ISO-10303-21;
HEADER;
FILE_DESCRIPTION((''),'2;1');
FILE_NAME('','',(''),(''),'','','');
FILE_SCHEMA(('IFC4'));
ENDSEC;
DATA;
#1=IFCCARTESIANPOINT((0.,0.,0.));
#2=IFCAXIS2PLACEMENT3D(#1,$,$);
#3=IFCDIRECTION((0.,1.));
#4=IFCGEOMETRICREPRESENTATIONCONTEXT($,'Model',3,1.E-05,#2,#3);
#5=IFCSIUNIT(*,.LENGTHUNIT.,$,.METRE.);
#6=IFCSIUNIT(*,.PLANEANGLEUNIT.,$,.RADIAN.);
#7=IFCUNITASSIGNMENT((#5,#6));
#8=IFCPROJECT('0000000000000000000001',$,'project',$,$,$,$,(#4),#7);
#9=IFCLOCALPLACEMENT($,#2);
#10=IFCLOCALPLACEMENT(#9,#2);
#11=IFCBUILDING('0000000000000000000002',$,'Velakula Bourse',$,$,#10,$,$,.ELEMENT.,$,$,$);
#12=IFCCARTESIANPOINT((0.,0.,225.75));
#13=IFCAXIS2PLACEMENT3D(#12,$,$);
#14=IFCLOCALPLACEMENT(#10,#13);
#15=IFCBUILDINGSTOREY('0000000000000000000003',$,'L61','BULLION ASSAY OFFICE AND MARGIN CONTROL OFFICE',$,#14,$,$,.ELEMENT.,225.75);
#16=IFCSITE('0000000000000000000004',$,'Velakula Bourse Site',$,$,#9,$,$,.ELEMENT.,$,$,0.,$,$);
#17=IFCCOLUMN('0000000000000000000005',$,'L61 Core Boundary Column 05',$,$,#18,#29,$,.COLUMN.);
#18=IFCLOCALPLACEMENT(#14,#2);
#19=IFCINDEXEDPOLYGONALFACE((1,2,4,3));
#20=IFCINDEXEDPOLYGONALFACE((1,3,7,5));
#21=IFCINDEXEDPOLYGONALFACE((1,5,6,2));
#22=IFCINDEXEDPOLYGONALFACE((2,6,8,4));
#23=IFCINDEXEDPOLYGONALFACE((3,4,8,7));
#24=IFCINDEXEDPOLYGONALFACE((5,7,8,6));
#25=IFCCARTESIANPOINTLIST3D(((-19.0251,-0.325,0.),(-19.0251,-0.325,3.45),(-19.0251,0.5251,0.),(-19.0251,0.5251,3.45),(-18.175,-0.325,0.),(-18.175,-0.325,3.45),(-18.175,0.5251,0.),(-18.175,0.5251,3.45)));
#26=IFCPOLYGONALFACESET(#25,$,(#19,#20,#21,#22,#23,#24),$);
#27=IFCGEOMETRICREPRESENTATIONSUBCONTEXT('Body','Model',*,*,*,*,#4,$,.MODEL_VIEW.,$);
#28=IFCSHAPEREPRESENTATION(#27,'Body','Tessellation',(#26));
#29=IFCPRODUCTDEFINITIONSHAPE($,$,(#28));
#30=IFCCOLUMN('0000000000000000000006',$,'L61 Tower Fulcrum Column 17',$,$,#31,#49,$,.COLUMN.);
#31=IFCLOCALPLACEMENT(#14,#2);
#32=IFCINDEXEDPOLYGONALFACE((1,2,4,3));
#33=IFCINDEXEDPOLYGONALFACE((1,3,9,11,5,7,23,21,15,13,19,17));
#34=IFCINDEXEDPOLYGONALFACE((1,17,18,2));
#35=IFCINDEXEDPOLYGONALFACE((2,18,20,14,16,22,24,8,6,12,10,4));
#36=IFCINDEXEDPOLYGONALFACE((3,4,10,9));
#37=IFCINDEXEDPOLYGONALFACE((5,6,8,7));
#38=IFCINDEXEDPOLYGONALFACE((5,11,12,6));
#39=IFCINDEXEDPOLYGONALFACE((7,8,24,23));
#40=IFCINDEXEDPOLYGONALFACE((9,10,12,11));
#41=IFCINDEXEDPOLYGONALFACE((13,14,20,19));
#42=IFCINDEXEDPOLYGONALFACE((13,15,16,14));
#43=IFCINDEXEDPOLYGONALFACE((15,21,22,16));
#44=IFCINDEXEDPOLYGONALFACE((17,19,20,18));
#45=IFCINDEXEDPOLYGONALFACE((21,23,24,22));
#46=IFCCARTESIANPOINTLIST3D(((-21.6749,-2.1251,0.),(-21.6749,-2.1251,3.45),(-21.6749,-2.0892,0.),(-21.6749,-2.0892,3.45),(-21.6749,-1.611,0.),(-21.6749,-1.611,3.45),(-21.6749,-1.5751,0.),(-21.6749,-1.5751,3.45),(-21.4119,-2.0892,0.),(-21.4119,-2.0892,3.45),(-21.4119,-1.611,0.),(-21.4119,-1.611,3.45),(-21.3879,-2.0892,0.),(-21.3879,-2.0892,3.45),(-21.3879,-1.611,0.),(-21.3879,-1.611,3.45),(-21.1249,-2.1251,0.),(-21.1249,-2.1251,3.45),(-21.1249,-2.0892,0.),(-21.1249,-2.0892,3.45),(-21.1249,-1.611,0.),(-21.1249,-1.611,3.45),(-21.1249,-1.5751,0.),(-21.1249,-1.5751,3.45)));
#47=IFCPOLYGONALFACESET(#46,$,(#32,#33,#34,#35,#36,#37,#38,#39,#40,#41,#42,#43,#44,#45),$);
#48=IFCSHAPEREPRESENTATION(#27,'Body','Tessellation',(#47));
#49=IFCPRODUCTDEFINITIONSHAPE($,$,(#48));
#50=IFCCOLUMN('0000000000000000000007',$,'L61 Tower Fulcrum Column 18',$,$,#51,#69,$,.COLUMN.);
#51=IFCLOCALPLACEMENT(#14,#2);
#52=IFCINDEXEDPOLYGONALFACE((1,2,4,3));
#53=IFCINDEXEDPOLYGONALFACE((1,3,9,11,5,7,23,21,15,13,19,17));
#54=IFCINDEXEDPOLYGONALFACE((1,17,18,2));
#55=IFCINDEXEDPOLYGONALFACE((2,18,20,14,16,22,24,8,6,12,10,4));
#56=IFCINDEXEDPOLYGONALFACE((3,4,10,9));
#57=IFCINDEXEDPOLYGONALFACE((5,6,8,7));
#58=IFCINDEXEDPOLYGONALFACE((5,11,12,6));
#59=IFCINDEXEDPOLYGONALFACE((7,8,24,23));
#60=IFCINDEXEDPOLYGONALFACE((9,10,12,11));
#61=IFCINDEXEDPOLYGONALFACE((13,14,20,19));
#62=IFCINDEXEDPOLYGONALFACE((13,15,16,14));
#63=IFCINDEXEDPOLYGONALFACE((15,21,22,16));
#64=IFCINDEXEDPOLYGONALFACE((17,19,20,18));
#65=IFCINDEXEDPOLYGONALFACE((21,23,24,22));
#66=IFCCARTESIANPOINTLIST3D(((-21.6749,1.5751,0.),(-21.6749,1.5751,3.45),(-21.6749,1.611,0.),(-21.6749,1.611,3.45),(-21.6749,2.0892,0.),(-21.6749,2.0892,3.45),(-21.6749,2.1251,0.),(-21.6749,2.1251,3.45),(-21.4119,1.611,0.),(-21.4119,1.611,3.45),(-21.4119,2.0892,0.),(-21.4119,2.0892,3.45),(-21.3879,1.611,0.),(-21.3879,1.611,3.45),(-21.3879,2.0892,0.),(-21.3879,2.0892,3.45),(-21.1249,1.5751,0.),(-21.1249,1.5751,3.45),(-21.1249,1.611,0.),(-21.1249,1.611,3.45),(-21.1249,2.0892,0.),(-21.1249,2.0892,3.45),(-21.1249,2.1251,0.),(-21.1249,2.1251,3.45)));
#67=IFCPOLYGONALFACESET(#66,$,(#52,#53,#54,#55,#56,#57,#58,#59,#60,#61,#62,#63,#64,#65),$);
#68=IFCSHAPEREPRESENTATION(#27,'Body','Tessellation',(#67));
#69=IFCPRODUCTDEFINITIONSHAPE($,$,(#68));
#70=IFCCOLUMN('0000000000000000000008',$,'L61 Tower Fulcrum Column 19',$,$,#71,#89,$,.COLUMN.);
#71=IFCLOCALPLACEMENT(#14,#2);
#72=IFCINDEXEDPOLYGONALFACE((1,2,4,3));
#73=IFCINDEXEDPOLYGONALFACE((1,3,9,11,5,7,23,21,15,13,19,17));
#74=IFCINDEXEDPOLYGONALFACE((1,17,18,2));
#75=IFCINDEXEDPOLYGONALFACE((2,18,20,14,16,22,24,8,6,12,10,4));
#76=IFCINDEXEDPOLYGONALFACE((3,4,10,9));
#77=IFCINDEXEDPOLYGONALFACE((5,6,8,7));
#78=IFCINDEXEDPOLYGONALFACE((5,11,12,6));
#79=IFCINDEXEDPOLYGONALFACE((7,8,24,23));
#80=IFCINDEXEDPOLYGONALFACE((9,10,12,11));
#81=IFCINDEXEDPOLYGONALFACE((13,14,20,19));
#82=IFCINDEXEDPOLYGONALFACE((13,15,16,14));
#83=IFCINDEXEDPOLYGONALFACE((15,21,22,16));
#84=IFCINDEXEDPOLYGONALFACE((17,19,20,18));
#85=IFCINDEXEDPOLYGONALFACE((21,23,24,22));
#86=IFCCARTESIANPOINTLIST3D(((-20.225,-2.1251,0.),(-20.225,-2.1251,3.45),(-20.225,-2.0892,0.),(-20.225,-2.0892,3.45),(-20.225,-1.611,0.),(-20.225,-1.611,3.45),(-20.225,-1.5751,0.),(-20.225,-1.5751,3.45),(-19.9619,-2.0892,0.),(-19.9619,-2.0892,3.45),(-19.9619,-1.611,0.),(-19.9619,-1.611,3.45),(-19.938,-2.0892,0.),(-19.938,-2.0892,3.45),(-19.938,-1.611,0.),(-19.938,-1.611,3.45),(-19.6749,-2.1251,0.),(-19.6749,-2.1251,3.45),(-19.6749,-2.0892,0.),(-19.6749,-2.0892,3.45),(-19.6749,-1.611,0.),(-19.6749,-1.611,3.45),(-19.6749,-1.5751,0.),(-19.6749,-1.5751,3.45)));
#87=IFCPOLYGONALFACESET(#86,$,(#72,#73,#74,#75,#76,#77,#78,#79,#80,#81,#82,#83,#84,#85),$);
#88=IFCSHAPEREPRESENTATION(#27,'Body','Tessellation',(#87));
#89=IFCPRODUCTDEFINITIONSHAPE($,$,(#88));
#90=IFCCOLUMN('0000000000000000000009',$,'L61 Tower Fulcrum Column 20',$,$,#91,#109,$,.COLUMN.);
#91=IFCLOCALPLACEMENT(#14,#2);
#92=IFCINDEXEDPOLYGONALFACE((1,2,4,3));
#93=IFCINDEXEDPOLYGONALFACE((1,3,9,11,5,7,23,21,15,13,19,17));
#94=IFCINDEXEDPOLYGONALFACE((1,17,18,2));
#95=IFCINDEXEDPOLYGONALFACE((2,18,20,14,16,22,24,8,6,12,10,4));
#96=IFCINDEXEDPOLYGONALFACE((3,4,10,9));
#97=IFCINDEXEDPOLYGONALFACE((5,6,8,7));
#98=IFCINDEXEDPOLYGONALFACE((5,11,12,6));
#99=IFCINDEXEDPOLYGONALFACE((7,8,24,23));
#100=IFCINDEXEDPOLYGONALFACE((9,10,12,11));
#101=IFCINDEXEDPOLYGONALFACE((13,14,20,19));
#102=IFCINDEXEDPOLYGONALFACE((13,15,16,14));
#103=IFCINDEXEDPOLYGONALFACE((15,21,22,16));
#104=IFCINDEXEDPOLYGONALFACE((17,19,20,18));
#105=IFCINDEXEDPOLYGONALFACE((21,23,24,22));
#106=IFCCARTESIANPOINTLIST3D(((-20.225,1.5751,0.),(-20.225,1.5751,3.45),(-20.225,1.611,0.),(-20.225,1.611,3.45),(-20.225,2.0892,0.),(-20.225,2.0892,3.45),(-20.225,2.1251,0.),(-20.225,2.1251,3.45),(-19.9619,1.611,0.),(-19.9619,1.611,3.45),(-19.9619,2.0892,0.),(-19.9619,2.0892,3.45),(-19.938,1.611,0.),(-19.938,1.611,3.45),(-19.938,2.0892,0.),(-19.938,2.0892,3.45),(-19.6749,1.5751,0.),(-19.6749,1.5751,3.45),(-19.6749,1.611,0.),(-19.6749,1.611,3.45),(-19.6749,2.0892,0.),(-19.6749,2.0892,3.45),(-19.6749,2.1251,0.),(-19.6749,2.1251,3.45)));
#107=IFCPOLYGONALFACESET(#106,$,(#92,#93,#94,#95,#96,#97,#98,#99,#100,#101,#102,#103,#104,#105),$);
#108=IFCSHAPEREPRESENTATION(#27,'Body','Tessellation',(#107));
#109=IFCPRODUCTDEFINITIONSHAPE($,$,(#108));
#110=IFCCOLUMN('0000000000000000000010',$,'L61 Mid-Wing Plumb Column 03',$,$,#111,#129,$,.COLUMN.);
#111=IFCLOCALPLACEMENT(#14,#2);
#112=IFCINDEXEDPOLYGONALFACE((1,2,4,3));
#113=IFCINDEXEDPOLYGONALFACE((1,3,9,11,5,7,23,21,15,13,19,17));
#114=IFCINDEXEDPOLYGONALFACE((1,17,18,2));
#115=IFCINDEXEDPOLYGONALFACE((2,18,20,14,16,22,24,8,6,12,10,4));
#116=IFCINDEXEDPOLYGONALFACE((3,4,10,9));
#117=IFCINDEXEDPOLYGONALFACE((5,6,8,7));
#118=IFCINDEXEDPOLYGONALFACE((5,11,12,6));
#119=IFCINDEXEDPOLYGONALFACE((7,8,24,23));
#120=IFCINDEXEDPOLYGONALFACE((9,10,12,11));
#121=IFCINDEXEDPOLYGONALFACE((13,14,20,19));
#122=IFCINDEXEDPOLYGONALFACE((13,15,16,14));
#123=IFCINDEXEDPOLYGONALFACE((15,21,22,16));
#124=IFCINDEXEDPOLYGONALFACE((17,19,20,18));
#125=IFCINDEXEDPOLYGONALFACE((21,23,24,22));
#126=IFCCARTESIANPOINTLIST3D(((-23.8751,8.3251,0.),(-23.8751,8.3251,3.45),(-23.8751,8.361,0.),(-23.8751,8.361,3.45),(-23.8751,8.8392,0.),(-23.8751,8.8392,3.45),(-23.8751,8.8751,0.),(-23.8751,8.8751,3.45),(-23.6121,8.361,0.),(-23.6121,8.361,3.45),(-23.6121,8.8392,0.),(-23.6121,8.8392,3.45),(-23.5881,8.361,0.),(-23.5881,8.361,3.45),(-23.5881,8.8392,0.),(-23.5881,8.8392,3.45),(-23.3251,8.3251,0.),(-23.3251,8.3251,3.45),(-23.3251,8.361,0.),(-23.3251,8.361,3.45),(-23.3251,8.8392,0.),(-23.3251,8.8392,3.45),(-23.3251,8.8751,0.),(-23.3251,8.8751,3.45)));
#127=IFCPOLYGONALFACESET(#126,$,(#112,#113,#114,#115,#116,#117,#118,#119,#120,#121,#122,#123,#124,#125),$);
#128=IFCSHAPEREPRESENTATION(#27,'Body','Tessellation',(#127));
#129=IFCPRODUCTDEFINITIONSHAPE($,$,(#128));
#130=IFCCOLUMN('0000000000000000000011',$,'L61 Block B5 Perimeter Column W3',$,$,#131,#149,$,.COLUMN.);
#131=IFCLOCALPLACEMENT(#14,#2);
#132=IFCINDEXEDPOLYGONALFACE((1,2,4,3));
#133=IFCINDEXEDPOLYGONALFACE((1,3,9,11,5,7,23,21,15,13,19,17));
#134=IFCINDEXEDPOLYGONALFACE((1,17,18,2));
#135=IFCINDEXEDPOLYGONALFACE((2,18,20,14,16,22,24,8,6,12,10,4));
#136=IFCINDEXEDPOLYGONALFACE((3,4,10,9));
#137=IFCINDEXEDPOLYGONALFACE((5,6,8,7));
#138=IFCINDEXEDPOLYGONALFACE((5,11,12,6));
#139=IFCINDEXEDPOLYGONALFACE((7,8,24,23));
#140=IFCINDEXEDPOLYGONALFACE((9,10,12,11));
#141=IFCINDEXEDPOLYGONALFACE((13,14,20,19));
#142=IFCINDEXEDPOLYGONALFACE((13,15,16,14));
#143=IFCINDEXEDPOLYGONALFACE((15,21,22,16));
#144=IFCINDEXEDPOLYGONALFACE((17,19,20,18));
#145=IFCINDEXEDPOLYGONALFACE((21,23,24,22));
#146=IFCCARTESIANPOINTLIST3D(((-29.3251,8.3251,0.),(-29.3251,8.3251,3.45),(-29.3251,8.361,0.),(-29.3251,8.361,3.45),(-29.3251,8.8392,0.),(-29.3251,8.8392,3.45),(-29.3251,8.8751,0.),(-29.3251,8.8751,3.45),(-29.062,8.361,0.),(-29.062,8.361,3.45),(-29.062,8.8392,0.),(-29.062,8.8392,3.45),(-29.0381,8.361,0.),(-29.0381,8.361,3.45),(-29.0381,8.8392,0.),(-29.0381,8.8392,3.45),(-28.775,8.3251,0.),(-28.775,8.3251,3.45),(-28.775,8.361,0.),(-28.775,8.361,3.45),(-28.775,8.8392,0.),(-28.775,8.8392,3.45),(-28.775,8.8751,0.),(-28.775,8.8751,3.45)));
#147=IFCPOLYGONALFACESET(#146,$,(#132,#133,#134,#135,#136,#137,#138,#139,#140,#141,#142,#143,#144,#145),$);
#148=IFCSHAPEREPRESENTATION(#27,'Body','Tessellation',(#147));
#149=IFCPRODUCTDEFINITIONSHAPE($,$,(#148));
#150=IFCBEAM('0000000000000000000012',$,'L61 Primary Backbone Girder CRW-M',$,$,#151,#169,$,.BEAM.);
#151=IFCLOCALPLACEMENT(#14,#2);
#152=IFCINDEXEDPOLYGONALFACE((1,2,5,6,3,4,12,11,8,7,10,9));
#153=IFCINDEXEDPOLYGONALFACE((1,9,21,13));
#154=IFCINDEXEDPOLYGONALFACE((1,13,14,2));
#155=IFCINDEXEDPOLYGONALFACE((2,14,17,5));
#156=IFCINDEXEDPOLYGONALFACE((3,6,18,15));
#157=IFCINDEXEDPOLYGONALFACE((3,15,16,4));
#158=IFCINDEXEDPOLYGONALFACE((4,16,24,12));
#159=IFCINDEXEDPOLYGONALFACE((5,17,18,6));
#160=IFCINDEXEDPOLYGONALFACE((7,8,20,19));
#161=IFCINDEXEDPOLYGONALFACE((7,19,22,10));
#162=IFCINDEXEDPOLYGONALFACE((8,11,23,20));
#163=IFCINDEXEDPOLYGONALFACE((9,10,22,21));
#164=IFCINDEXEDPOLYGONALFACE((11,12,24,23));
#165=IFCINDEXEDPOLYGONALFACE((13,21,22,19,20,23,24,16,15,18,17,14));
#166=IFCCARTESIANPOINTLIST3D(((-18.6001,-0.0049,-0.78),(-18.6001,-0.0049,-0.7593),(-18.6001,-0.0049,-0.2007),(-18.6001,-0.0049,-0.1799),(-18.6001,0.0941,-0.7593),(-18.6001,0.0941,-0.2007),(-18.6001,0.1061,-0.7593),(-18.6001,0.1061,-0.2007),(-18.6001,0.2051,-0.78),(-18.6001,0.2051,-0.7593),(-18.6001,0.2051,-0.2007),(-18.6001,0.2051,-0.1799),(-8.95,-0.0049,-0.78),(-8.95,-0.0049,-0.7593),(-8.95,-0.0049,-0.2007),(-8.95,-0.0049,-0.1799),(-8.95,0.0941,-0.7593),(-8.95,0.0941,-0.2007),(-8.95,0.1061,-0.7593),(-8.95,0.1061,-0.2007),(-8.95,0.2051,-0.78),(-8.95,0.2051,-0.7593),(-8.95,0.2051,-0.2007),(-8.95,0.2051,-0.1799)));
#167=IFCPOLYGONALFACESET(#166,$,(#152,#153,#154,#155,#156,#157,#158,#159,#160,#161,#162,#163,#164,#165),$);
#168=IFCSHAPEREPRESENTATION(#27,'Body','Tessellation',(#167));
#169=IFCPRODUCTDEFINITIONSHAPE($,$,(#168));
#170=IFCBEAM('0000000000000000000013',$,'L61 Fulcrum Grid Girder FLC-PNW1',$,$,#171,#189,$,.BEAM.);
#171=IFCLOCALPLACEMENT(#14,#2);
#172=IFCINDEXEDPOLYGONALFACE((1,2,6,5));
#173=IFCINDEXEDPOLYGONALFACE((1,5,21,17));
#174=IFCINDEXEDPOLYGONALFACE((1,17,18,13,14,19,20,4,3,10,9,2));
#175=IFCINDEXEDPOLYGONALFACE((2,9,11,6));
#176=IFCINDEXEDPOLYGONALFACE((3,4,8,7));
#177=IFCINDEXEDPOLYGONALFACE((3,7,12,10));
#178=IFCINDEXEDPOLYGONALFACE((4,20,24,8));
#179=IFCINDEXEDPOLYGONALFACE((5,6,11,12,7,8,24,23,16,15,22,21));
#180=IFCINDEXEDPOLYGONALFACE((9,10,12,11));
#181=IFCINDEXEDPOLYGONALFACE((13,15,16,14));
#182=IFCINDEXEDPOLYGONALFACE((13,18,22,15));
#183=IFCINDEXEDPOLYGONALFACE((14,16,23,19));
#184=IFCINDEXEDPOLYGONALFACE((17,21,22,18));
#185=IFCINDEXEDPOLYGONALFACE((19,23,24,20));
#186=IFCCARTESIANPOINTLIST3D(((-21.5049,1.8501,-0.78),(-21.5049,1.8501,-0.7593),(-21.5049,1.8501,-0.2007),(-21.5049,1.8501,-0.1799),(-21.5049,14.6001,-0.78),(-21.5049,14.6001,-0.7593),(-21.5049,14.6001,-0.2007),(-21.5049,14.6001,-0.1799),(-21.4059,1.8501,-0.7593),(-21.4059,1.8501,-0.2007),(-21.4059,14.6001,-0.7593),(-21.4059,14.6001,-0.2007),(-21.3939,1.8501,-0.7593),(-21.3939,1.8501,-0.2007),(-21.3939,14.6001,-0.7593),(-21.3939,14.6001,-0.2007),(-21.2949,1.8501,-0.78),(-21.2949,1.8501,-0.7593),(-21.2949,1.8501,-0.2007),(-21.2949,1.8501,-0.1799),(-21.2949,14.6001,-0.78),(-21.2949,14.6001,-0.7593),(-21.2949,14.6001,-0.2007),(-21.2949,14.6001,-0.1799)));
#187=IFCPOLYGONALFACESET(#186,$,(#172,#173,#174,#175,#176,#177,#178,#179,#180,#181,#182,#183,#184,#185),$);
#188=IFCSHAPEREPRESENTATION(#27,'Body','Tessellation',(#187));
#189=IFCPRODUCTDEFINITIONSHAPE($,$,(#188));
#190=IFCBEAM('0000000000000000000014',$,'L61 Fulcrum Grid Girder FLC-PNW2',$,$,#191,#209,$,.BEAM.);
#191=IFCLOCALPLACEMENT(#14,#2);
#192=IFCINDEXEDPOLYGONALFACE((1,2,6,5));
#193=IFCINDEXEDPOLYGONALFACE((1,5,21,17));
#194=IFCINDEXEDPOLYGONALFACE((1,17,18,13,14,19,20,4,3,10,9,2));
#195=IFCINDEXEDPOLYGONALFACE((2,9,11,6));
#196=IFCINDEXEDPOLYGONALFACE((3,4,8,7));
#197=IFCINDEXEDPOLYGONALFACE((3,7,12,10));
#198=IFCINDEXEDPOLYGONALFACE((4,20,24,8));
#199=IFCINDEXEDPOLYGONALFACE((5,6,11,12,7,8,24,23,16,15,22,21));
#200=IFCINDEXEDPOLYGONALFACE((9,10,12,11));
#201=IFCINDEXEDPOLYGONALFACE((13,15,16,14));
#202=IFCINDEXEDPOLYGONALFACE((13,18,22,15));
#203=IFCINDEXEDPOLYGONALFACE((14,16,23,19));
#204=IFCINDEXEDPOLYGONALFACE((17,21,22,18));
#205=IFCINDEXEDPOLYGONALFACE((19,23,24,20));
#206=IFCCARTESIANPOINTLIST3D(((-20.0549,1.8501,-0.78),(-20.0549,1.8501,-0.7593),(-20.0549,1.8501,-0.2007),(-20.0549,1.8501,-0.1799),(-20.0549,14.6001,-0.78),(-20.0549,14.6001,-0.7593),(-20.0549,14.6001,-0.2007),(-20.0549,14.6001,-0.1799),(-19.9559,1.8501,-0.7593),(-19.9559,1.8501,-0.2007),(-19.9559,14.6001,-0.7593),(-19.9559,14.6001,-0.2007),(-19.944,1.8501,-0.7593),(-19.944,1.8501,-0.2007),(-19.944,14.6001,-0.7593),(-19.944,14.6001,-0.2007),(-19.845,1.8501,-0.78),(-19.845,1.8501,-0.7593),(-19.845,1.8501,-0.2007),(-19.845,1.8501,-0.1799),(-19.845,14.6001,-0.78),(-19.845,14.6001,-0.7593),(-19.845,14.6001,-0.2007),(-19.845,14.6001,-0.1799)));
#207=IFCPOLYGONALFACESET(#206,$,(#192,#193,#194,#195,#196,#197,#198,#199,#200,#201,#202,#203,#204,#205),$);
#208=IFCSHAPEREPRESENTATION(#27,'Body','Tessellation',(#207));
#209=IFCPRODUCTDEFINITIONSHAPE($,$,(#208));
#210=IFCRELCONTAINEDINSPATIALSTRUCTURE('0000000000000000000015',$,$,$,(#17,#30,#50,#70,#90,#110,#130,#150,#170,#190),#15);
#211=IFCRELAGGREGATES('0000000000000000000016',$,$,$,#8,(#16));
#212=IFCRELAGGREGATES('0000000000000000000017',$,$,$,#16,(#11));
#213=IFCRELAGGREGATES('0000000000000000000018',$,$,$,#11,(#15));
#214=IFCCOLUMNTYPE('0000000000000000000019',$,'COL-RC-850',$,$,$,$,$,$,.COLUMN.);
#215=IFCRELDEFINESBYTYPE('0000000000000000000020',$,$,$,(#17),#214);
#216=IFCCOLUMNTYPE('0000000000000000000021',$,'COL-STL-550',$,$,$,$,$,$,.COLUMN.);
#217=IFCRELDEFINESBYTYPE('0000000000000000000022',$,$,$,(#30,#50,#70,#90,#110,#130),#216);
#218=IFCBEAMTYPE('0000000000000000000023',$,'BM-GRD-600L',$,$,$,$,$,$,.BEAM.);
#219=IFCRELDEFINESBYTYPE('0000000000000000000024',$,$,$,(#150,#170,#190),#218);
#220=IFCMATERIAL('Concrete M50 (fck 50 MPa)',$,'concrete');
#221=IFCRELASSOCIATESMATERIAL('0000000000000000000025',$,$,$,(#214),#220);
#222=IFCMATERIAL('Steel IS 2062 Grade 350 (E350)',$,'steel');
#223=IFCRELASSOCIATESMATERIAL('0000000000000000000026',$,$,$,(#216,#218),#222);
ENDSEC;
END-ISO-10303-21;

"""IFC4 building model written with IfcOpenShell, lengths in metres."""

from ifc_helpers import new_model, si_unit, direction, frame, origin, origin_2d, place, context, subcontext, project, spatial, rectangle, i_section, extrude, material, material_profile, profile_set, type_object, element, save


model = new_model("IFC4")

# Units and contexts
model_context = context("Model", 3, precision=1e-05, world=origin(), true_north=direction((0.0, 1.0)))
body_context = subcontext(model_context, "Body", "Model", "MODEL_VIEW")
ifc_project = project(units=[si_unit("LENGTHUNIT", "METRE"), si_unit("PLANEANGLEUNIT", "RADIAN")], contexts=[model_context])

# Site, building, storey
site_placement = place(None, origin())
site = spatial("IfcSite", under=ifc_project, at=site_placement, Name="Velakula Bourse Site", CompositionType="ELEMENT", RefElevation=0.0)
building_placement = place(site_placement, origin())
building = spatial("IfcBuilding", under=site, at=building_placement, Name="Velakula Bourse", CompositionType="ELEMENT")
storey_placement = place(building_placement, frame((0.0, 0.0, 225.75)))
storey = spatial("IfcBuildingStorey", under=building, at=storey_placement, Name="L61", Description="BULLION ASSAY OFFICE AND MARGIN CONTROL OFFICE", CompositionType="ELEMENT", Elevation=225.75)

# Columns
ifc_material_1 = material(Name="Concrete M50 (fck 50 MPa)", Category="concrete")
ifc_material_profile_1 = material_profile(ifc_material_1, rectangle(XDim=0.8501, YDim=0.8501, at=origin_2d()), Name="Concrete M50 (fck 50 MPa)")
ifc_profile_set_1 = profile_set([ifc_material_profile_1], Name="Concrete M50 (fck 50 MPa)")
column_type_1 = type_object("IfcColumnType", Name="COL-RC-850", PredefinedType="COLUMN", material=ifc_profile_set_1)
column_placement = place(storey_placement, frame((-18.6001, 0.1001, 0.0), z_axis=(0.0, 0.0, 1.0), x_axis=(1.0, 0.0, 0.0)))
element("IfcColumn", 1, at=column_placement, inside=storey, type_object=column_type_1, Name="L61 Core Boundary Column 05", PredefinedType="COLUMN", context=body_context, shape_type="SweptSolid", body=[
    extrude(rectangle(XDim=0.8501, YDim=0.8501, at=origin_2d()), origin(), (0.0, 0.0, 1.0), 3.45),
])
ifc_material_2 = material(Name="Steel IS 2062 Grade 350 (E350)", Category="steel")
ifc_material_profile_2 = material_profile(ifc_material_2, i_section(OverallWidth=0.55, OverallDepth=0.55, WebThickness=0.0239, FlangeThickness=0.0359, at=origin_2d()), Name="Steel IS 2062 Grade 350 (E350)")
ifc_profile_set_2 = profile_set([ifc_material_profile_2], Name="Steel IS 2062 Grade 350 (E350)")
column_type_2 = type_object("IfcColumnType", Name="COL-STL-550", PredefinedType="COLUMN", material=ifc_profile_set_2)
for number, where, z_axis, x_axis, name in (
    (2, (-21.3999, -1.8501, 0.0), (0.0, 0.0, 1.0), (1.0, 0.0, 0.0), "L61 Tower Fulcrum Column 17"),
    (3, (-21.3999, 1.8501, 0.0), (0.0, 0.0, 1.0), (1.0, 0.0, 0.0), "L61 Tower Fulcrum Column 18"),
    (4, (-19.95, -1.8501, 0.0), (0.0, 0.0, 1.0), (1.0, 0.0, 0.0), "L61 Tower Fulcrum Column 19"),
    (5, (-19.95, 1.8501, 0.0), (0.0, 0.0, 1.0), (1.0, 0.0, 0.0), "L61 Tower Fulcrum Column 20"),
    (6, (-23.6001, 8.6001, 0.0), (0.0, 0.0, 1.0), (1.0, 0.0, 0.0), "L61 Mid-Wing Plumb Column 03"),
    (7, (-29.05, 8.6001, 0.0), (0.0, 0.0, 1.0), (1.0, 0.0, 0.0), "L61 Block B5 Perimeter Column W3"),
):
    element("IfcColumn", number, at=place(storey_placement, frame(where, z_axis=z_axis, x_axis=x_axis)), inside=storey, type_object=column_type_2, Name=name, PredefinedType="COLUMN", context=body_context, shape_type="SweptSolid", body=[
        extrude(i_section(OverallWidth=0.55, OverallDepth=0.55, WebThickness=0.0239, FlangeThickness=0.0359, at=origin_2d()), origin(), (0.0, 0.0, 1.0), 3.45),
    ])

# Beams
ifc_material_profile_3 = material_profile(ifc_material_2, i_section(OverallWidth=0.21, OverallDepth=0.6001, WebThickness=0.012, FlangeThickness=0.0208, at=origin_2d()), Name="Steel IS 2062 Grade 350 (E350)")
ifc_profile_set_3 = profile_set([ifc_material_profile_3], Name="Steel IS 2062 Grade 350 (E350)")
beam_type_1 = type_object("IfcBeamType", Name="BM-GRD-600L", PredefinedType="BEAM", material=ifc_profile_set_3)
beam_1_placement = place(storey_placement, frame((-18.6001, 0.1001, -0.48), z_axis=(1.0, 0.0, 0.0), x_axis=(0.0, 1.0, 0.0)))
element("IfcBeam", 8, at=beam_1_placement, inside=storey, type_object=beam_type_1, Name="L61 Primary Backbone Girder CRW-M", PredefinedType="BEAM", context=body_context, shape_type="SweptSolid", body=[
    extrude(i_section(OverallWidth=0.21, OverallDepth=0.6001, WebThickness=0.012, FlangeThickness=0.0208, at=origin_2d()), origin(), (0.0, 0.0, 1.0), 9.6501),
])
for number, where, z_axis, x_axis, name in (
    (9, (-21.3999, 1.8501, -0.48), (0.0, 1.0, 0.0), (-1.0, 0.0, 0.0), "L61 Fulcrum Grid Girder FLC-PNW1"),
    (10, (-19.95, 1.8501, -0.48), (0.0, 1.0, 0.0), (-1.0, 0.0, 0.0), "L61 Fulcrum Grid Girder FLC-PNW2"),
):
    element("IfcBeam", number, at=place(storey_placement, frame(where, z_axis=z_axis, x_axis=x_axis)), inside=storey, type_object=beam_type_1, Name=name, PredefinedType="BEAM", context=body_context, shape_type="SweptSolid", body=[
        extrude(i_section(OverallWidth=0.21, OverallDepth=0.6001, WebThickness=0.012, FlangeThickness=0.0208, at=origin_2d()), origin(), (0.0, 0.0, 1.0), 12.75),
    ])

save(model, "model.ifc")
